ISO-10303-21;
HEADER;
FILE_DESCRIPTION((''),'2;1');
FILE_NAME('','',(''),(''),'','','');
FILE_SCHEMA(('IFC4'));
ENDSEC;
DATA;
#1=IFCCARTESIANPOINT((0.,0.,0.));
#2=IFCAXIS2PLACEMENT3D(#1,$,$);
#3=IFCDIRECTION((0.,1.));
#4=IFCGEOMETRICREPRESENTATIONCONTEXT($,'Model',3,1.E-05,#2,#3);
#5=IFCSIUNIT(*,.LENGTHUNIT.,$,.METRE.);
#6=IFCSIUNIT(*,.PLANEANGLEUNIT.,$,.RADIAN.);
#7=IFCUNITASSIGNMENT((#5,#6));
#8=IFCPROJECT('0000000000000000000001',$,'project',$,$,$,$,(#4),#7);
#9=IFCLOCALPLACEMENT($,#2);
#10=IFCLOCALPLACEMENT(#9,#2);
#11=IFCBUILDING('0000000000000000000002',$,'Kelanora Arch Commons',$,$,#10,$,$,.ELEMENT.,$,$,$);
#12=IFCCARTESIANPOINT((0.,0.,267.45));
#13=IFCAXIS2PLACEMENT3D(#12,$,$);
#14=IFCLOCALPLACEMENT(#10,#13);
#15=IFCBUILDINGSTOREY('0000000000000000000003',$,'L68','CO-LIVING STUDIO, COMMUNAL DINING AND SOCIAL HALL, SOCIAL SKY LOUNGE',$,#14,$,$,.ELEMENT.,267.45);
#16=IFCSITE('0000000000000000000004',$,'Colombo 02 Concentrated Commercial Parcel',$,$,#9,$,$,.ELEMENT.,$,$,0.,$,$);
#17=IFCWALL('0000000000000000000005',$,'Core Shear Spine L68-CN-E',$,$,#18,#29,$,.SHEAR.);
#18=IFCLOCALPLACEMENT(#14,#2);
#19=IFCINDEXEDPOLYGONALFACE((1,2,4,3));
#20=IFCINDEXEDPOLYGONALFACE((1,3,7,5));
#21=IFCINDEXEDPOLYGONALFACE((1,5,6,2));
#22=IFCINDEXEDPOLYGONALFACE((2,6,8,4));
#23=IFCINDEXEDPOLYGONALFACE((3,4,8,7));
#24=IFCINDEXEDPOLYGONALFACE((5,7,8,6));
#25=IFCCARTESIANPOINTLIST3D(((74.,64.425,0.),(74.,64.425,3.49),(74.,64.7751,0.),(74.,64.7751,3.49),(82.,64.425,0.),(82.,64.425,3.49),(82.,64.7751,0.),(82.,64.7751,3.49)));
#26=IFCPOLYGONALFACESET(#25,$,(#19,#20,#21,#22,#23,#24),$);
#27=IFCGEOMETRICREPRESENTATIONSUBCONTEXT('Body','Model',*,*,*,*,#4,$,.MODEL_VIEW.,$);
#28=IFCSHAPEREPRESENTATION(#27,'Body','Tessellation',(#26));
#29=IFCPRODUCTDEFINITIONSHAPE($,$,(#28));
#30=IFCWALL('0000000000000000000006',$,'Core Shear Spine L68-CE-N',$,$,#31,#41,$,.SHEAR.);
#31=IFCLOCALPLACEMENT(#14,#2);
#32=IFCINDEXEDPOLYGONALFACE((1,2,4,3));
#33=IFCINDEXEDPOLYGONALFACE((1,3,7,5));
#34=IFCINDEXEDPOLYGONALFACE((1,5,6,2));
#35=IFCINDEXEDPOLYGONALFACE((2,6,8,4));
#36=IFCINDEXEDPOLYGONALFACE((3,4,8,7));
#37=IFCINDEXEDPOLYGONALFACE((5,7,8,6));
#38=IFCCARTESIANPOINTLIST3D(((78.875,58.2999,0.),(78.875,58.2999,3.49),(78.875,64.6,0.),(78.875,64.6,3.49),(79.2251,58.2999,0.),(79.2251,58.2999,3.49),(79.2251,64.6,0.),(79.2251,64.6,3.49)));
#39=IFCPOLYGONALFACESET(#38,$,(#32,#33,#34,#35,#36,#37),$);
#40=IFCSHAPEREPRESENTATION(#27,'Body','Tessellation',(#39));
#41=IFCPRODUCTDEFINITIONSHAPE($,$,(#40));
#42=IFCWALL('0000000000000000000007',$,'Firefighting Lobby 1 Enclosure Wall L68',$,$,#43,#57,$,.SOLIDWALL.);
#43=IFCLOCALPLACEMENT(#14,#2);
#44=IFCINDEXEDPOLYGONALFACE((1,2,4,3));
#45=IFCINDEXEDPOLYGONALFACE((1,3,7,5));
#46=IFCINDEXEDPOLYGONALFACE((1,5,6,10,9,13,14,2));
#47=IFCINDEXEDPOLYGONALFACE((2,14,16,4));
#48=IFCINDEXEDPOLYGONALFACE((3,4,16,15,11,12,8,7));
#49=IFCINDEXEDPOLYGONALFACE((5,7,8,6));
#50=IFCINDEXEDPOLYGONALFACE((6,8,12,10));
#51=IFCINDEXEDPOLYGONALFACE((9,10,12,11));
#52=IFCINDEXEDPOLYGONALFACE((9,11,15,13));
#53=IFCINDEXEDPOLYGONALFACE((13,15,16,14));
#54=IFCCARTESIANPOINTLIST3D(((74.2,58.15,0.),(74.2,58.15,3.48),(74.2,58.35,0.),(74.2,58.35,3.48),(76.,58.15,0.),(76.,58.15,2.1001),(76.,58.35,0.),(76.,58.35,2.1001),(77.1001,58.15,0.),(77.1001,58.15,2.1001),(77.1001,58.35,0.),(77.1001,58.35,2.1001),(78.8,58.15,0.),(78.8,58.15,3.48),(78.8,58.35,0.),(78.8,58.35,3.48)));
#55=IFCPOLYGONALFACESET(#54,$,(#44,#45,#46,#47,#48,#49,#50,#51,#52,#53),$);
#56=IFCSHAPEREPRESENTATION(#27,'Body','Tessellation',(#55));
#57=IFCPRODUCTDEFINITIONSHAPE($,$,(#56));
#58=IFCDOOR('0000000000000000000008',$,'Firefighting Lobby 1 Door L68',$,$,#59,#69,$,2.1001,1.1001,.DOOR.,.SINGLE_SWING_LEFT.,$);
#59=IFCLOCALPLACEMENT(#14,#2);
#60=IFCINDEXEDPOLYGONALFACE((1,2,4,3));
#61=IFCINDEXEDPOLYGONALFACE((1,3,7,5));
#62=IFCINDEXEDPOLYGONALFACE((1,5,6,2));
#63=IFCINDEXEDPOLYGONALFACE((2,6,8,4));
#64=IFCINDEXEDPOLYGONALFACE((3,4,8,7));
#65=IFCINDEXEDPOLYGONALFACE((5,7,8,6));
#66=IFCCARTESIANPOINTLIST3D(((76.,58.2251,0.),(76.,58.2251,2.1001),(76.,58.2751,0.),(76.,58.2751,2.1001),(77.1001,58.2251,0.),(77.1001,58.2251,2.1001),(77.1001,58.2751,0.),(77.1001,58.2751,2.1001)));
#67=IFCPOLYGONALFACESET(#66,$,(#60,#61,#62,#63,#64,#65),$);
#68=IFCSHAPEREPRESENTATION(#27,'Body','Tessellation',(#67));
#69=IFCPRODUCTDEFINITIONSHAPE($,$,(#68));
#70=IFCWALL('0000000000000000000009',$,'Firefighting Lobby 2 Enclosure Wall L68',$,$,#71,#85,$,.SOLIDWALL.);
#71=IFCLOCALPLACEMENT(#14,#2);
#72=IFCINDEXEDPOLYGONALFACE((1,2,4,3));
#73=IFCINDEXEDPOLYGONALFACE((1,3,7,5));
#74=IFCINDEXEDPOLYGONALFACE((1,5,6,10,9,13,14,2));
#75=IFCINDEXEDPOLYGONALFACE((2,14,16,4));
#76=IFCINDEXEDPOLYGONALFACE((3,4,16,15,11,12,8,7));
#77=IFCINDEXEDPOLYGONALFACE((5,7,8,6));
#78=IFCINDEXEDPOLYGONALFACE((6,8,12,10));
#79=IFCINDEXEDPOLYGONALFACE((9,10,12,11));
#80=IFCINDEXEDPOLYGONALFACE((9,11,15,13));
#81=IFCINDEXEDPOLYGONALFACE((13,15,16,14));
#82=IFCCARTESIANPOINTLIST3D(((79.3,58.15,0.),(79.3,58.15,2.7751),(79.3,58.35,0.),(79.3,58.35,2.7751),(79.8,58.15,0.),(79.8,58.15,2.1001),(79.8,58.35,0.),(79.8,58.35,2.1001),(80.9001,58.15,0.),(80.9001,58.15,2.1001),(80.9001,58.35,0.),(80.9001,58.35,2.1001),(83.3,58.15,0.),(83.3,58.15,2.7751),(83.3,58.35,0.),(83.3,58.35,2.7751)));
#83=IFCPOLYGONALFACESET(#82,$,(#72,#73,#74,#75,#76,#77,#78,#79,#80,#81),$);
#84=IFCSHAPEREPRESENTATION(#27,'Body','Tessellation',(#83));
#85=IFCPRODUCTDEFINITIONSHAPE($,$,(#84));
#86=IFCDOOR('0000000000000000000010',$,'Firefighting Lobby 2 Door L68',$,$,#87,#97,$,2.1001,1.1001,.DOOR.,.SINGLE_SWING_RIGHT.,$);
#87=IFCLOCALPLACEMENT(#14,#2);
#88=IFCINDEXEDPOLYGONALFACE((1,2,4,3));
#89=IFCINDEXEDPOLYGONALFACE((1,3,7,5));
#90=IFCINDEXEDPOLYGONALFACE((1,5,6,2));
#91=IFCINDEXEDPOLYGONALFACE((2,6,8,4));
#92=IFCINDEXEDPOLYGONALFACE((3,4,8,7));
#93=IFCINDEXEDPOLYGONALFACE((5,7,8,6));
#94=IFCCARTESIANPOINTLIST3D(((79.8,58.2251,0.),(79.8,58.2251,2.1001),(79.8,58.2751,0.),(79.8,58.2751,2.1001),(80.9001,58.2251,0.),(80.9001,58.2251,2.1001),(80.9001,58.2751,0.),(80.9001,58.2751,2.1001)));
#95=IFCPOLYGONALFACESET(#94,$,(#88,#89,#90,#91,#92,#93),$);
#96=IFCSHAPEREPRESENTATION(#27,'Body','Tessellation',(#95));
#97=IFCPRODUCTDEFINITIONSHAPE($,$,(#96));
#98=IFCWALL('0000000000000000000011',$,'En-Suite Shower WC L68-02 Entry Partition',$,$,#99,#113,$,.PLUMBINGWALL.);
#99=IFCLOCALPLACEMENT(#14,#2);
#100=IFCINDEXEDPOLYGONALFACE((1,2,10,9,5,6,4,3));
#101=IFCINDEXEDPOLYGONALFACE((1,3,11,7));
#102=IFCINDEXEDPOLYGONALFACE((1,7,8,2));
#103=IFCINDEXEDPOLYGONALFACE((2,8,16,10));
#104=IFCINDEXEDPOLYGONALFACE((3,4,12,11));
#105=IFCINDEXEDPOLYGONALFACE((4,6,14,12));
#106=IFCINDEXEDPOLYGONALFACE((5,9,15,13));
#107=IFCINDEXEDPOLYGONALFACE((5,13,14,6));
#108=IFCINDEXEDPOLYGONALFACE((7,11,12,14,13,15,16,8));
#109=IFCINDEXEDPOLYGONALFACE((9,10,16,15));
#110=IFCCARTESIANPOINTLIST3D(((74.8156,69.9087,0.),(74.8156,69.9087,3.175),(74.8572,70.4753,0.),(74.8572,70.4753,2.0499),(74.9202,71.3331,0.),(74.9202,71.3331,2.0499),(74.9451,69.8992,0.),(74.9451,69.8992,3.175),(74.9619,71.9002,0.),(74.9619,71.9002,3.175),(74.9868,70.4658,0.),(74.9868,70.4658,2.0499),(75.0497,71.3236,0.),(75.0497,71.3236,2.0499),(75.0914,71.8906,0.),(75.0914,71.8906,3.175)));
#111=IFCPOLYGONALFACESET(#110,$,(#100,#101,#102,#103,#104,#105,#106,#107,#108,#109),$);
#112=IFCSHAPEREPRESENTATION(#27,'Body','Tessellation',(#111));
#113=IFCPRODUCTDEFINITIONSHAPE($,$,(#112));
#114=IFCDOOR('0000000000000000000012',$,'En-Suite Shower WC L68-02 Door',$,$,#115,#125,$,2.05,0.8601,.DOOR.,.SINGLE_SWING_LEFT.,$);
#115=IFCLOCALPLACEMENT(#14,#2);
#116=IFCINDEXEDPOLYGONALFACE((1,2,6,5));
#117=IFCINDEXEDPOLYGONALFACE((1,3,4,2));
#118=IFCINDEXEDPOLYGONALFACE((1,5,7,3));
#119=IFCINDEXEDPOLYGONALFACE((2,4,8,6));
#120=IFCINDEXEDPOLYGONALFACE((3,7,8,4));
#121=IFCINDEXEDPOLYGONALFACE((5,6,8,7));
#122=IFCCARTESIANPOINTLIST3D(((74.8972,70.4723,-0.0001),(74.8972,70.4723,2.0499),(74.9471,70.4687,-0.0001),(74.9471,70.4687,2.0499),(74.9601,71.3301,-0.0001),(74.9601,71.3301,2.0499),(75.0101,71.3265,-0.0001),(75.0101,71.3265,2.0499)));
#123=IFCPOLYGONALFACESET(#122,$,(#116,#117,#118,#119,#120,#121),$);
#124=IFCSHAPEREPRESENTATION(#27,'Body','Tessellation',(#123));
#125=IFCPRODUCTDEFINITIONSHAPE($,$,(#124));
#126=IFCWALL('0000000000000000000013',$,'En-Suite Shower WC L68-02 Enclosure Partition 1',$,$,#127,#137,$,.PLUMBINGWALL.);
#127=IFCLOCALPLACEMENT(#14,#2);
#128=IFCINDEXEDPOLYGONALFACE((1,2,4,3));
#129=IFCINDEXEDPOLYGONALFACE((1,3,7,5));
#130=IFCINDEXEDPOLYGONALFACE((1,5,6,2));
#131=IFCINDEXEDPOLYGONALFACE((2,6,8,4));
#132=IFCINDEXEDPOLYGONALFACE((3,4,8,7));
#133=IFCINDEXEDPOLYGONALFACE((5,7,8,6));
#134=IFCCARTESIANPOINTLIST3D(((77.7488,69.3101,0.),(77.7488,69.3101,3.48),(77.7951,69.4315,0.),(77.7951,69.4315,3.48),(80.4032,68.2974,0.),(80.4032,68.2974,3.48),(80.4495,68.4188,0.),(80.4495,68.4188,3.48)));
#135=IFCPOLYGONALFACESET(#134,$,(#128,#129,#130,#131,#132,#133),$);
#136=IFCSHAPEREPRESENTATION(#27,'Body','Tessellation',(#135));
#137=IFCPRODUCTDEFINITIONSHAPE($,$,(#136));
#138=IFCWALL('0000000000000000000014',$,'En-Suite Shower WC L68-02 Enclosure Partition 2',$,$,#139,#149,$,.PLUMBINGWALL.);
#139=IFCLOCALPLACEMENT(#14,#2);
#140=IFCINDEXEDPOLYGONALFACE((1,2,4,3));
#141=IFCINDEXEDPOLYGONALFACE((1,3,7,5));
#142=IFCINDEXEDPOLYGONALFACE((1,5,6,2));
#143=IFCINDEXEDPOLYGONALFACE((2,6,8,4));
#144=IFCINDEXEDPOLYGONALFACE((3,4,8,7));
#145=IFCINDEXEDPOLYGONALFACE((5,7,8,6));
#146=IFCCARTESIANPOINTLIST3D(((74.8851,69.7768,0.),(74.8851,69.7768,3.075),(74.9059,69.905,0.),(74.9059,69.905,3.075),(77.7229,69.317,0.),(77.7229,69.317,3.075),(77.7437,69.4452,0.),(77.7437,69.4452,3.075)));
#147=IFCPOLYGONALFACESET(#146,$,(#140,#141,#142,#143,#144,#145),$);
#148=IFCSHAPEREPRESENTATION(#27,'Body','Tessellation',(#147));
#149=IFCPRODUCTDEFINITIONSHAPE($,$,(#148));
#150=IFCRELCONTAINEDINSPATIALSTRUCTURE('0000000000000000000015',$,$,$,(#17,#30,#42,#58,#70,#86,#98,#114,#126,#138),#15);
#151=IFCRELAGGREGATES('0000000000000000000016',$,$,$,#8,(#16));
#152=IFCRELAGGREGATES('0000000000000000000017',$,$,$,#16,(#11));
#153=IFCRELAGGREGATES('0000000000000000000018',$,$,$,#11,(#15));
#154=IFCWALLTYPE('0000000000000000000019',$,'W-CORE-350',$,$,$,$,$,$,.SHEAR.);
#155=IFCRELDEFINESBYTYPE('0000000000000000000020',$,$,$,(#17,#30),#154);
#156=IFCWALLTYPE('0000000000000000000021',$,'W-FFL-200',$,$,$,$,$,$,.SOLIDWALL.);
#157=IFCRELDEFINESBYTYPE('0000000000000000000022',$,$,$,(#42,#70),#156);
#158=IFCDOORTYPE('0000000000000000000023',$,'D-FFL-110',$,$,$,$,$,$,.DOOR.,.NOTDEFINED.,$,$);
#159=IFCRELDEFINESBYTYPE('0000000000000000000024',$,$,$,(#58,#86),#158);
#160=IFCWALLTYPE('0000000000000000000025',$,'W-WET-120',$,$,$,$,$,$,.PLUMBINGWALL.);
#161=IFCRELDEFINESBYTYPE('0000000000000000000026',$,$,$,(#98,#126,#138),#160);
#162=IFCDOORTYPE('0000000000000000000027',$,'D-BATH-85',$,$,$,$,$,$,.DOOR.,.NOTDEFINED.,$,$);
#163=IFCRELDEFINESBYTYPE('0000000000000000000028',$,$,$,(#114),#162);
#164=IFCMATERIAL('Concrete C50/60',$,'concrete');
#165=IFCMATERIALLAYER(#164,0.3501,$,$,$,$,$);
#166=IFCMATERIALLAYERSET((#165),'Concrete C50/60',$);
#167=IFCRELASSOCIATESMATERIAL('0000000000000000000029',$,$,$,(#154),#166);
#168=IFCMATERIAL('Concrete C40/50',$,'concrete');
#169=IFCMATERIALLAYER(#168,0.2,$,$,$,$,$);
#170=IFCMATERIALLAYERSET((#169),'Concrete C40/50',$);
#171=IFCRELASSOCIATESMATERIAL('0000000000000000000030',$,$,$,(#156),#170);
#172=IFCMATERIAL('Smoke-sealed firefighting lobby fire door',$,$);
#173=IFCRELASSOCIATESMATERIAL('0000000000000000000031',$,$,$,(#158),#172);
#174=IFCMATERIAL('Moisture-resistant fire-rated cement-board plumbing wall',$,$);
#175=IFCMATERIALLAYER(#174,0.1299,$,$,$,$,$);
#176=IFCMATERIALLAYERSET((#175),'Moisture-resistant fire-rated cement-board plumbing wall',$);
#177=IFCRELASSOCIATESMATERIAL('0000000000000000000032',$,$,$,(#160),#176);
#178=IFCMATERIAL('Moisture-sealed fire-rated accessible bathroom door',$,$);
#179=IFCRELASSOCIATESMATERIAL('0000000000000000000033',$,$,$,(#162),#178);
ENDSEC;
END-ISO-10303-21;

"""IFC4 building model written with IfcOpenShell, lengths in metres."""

from ifc_helpers import new_model, si_unit, direction, frame, frame_2d, origin, place, context, subcontext, project, spatial, rectangle, extrude, material, layer, layer_set, type_object, element, fill, save


model = new_model("IFC4")

# Units and contexts
model_context = context("Model", 3, precision=1e-05, world=origin(), true_north=direction((0.0, 1.0)))
body_context = subcontext(model_context, "Body", "Model", "MODEL_VIEW")
ifc_project = project(units=[si_unit("LENGTHUNIT", "METRE"), si_unit("PLANEANGLEUNIT", "RADIAN")], contexts=[model_context])

# Site, building, storey
site_placement = place(None, origin())
site = spatial("IfcSite", under=ifc_project, at=site_placement, Name="Colombo 02 Concentrated Commercial Parcel", CompositionType="ELEMENT", RefElevation=0.0)
building_placement = place(site_placement, origin())
building = spatial("IfcBuilding", under=site, at=building_placement, Name="Kelanora Arch Commons", CompositionType="ELEMENT")
storey_placement = place(building_placement, frame((0.0, 0.0, 267.45)))
storey = spatial("IfcBuildingStorey", under=building, at=storey_placement, Name="L68", Description="CO-LIVING STUDIO, COMMUNAL DINING AND SOCIAL HALL, SOCIAL SKY LOUNGE", CompositionType="ELEMENT", Elevation=267.45)

# Shared definitions
ifc_material_1 = material(Name="Concrete C50/60", Category="concrete")

# Walls
ifc_layer_1 = layer(ifc_material_1, 0.3501)
ifc_layer_set_1 = layer_set([ifc_layer_1], Name="Concrete C50/60")
wall_type_1 = type_object("IfcWallType", Name="W-CORE-350", PredefinedType="SHEAR", material=ifc_layer_set_1)
wall_1_placement = place(storey_placement, frame((74.0, 64.6001, 0.0), z_axis=(0.0, 0.0, 1.0), x_axis=(1.0, 0.0, 0.0)))
element("IfcWall", 1, at=wall_1_placement, inside=storey, type_object=wall_type_1, Name="Core Shear Spine L68-CN-E", PredefinedType="SHEAR", context=body_context, shape_type="SweptSolid", body=[
    extrude(rectangle(XDim=8.0, YDim=0.3501, at=frame_2d((4.0, 0.0))), origin(), (0.0, 0.0, 1.0), 3.49),
])
wall_2_placement = place(storey_placement, frame((79.05, 58.3, 0.0), z_axis=(0.0, 0.0, 1.0), x_axis=(0.0, 1.0, 0.0)))
element("IfcWall", 2, at=wall_2_placement, inside=storey, type_object=wall_type_1, Name="Core Shear Spine L68-CE-N", PredefinedType="SHEAR", context=body_context, shape_type="SweptSolid", body=[
    extrude(rectangle(XDim=6.3, YDim=0.3501, at=frame_2d((3.1499, 0.0))), origin(), (0.0, 0.0, 1.0), 3.49),
])

# Walls, openings, doors
ifc_material_2 = material(Name="Concrete C40/50", Category="concrete")
ifc_layer_2 = layer(ifc_material_2, 0.2)
ifc_layer_set_2 = layer_set([ifc_layer_2], Name="Concrete C40/50")
wall_type_2 = type_object("IfcWallType", Name="W-FFL-200", PredefinedType="SOLIDWALL", material=ifc_layer_set_2)
wall_3_placement = place(storey_placement, frame((74.2, 58.25, 0.0), z_axis=(0.0, 0.0, 1.0), x_axis=(1.0, 0.0, 0.0)))
wall_3 = element("IfcWall", 3, at=wall_3_placement, inside=storey, type_object=wall_type_2, Name="Firefighting Lobby 1 Enclosure Wall L68", PredefinedType="SOLIDWALL", context=body_context, shape_type="SweptSolid", body=[
    extrude(rectangle(XDim=4.6001, YDim=0.2, at=frame_2d((2.3, 0.0))), origin(), (0.0, 0.0, 1.0), 3.48),
])
opening_1_placement = place(wall_3_placement, frame((1.8, 0.0, 0.0)))
opening_1 = element("IfcOpeningElement", 4, at=opening_1_placement, cuts=wall_3, PredefinedType="OPENING", context=body_context, shape_type="SweptSolid", body=[
    extrude(rectangle(XDim=1.1001, YDim=2.1001, at=frame_2d((0.55, 1.05))), frame((0.0, 0.1099, 0.0), z_axis=(0.0, -1.0, 0.0), x_axis=(1.0, 0.0, 0.0)), (0.0, 0.0, 1.0), 0.22),
])
ifc_material_3 = material(Name="Smoke-sealed firefighting lobby fire door")
door_type_1 = type_object("IfcDoorType", Name="D-FFL-110", OperationType="NOTDEFINED", PredefinedType="DOOR", material=ifc_material_3)
door_1_placement = place(opening_1_placement, frame((1.1001, 0.0, 0.0), z_axis=(0.0, 0.0, 1.0), x_axis=(-1.0, 0.0, 0.0)))
door_1 = element("IfcDoor", 5, at=door_1_placement, inside=storey, type_object=door_type_1, Name="Firefighting Lobby 1 Door L68", OperationType="SINGLE_SWING_LEFT", OverallHeight=2.1001, OverallWidth=1.1001, PredefinedType="DOOR", context=body_context, shape_type="SweptSolid", body=[
    extrude(rectangle(XDim=1.1001, YDim=2.1001, at=frame_2d((0.55, 1.05))), frame((0.0, 0.0249, 0.0), z_axis=(0.0, -1.0, 0.0), x_axis=(1.0, 0.0, 0.0)), (0.0, 0.0, 1.0), 0.05),
])
fill(opening_1, door_1)
wall_4_placement = place(storey_placement, frame((79.3, 58.25, 0.0), z_axis=(0.0, 0.0, 1.0), x_axis=(1.0, 0.0, 0.0)))
wall_4 = element("IfcWall", 6, at=wall_4_placement, inside=storey, type_object=wall_type_2, Name="Firefighting Lobby 2 Enclosure Wall L68", PredefinedType="SOLIDWALL", context=body_context, shape_type="SweptSolid", body=[
    extrude(rectangle(XDim=4.0, YDim=0.2, at=frame_2d((2.0, 0.0))), origin(), (0.0, 0.0, 1.0), 2.7751),
])
opening_2_placement = place(wall_4_placement, frame((0.5, 0.0, 0.0)))
opening_2 = element("IfcOpeningElement", 7, at=opening_2_placement, cuts=wall_4, PredefinedType="OPENING", context=body_context, shape_type="SweptSolid", body=[
    extrude(rectangle(XDim=1.1001, YDim=2.1001, at=frame_2d((0.55, 1.05))), frame((0.0, 0.1099, 0.0), z_axis=(0.0, -1.0, 0.0), x_axis=(1.0, 0.0, 0.0)), (0.0, 0.0, 1.0), 0.22),
])
door_2_placement = place(opening_2_placement, frame((1.1001, 0.0, 0.0), z_axis=(0.0, 0.0, 1.0), x_axis=(-1.0, 0.0, 0.0)))
door_2 = element("IfcDoor", 8, at=door_2_placement, inside=storey, type_object=door_type_1, Name="Firefighting Lobby 2 Door L68", OperationType="SINGLE_SWING_RIGHT", OverallHeight=2.1001, OverallWidth=1.1001, PredefinedType="DOOR", context=body_context, shape_type="SweptSolid", body=[
    extrude(rectangle(XDim=1.1001, YDim=2.1001, at=frame_2d((0.55, 1.05))), frame((0.0, 0.0249, 0.0), z_axis=(0.0, -1.0, 0.0), x_axis=(1.0, 0.0, 0.0)), (0.0, 0.0, 1.0), 0.05),
])
fill(opening_2, door_2)
ifc_material_4 = material(Name="Moisture-resistant fire-rated cement-board plumbing wall")
ifc_layer_3 = layer(ifc_material_4, 0.1299)
ifc_layer_set_3 = layer_set([ifc_layer_3], Name="Moisture-resistant fire-rated cement-board plumbing wall")
wall_type_3 = type_object("IfcWallType", Name="W-WET-120", PredefinedType="PLUMBINGWALL", material=ifc_layer_set_3)
wall_5_placement = place(storey_placement, frame((74.8804, 69.9038, 0.0), z_axis=(0.0, 0.0, 1.0), x_axis=(0.073237, 0.997315, 0.0)))
wall_5 = element("IfcWall", 9, at=wall_5_placement, inside=storey, type_object=wall_type_3, Name="En-Suite Shower WC L68-02 Entry Partition", PredefinedType="PLUMBINGWALL", context=body_context, shape_type="SweptSolid", body=[
    extrude(rectangle(XDim=1.9968, YDim=0.1299, at=frame_2d((0.9985, 0.0))), origin(), (0.0, 0.0, 1.0), 3.175),
])
opening_3_placement = place(wall_5_placement, frame((0.5681, 0.0, 0.0)))
opening_3 = element("IfcOpeningElement", 10, at=opening_3_placement, cuts=wall_5, PredefinedType="OPENING", context=body_context, shape_type="SweptSolid", body=[
    extrude(rectangle(XDim=0.8601, YDim=2.05, at=frame_2d((0.4302, 1.0249))), frame((0.0, 0.075, 0.0), z_axis=(0.0, -1.0, 0.0), x_axis=(1.0, 0.0, 0.0)), (0.0, 0.0, 1.0), 0.1499),
])
ifc_material_5 = material(Name="Moisture-sealed fire-rated accessible bathroom door")
door_type_2 = type_object("IfcDoorType", Name="D-BATH-85", OperationType="NOTDEFINED", PredefinedType="DOOR", material=ifc_material_5)
door_3_placement = place(opening_3_placement, origin())
door_3 = element("IfcDoor", 11, at=door_3_placement, inside=storey, type_object=door_type_2, Name="En-Suite Shower WC L68-02 Door", OperationType="SINGLE_SWING_LEFT", OverallHeight=2.05, OverallWidth=0.8601, PredefinedType="DOOR", context=body_context, shape_type="SweptSolid", body=[
    extrude(rectangle(XDim=0.8601, YDim=2.05, at=frame_2d((0.4302, 1.0249))), frame((0.0, 0.0249, 0.0), z_axis=(0.0, -1.0, 0.0), x_axis=(1.0, 0.0, 0.0)), (0.0, 0.0, 1.0), 0.05),
])
fill(opening_3, door_3)

# Walls
wall_6_placement = place(storey_placement, frame((80.4263, 68.3582, 0.0), z_axis=(0.0, 0.0, 1.0), x_axis=(-0.934319, 0.356438, 0.0)))
element("IfcWall", 12, at=wall_6_placement, inside=storey, type_object=wall_type_3, Name="En-Suite Shower WC L68-02 Enclosure Partition 1", PredefinedType="PLUMBINGWALL", context=body_context, shape_type="SweptSolid", body=[
    extrude(rectangle(XDim=2.8411, YDim=0.1299, at=frame_2d((1.4204, 0.0))), origin(), (0.0, 0.0, 1.0), 3.48),
])
wall_7_placement = place(storey_placement, frame((77.7334, 69.3811, 0.0), z_axis=(0.0, 0.0, 1.0), x_axis=(-0.98713, 0.159921, 0.0)))
element("IfcWall", 13, at=wall_7_placement, inside=storey, type_object=wall_type_3, Name="En-Suite Shower WC L68-02 Enclosure Partition 2", PredefinedType="PLUMBINGWALL", context=body_context, shape_type="SweptSolid", body=[
    extrude(rectangle(XDim=2.8748, YDim=0.1299, at=frame_2d((1.4375, 0.0))), origin(), (0.0, 0.0, 1.0), 3.075),
])

save(model, "model.ifc")
